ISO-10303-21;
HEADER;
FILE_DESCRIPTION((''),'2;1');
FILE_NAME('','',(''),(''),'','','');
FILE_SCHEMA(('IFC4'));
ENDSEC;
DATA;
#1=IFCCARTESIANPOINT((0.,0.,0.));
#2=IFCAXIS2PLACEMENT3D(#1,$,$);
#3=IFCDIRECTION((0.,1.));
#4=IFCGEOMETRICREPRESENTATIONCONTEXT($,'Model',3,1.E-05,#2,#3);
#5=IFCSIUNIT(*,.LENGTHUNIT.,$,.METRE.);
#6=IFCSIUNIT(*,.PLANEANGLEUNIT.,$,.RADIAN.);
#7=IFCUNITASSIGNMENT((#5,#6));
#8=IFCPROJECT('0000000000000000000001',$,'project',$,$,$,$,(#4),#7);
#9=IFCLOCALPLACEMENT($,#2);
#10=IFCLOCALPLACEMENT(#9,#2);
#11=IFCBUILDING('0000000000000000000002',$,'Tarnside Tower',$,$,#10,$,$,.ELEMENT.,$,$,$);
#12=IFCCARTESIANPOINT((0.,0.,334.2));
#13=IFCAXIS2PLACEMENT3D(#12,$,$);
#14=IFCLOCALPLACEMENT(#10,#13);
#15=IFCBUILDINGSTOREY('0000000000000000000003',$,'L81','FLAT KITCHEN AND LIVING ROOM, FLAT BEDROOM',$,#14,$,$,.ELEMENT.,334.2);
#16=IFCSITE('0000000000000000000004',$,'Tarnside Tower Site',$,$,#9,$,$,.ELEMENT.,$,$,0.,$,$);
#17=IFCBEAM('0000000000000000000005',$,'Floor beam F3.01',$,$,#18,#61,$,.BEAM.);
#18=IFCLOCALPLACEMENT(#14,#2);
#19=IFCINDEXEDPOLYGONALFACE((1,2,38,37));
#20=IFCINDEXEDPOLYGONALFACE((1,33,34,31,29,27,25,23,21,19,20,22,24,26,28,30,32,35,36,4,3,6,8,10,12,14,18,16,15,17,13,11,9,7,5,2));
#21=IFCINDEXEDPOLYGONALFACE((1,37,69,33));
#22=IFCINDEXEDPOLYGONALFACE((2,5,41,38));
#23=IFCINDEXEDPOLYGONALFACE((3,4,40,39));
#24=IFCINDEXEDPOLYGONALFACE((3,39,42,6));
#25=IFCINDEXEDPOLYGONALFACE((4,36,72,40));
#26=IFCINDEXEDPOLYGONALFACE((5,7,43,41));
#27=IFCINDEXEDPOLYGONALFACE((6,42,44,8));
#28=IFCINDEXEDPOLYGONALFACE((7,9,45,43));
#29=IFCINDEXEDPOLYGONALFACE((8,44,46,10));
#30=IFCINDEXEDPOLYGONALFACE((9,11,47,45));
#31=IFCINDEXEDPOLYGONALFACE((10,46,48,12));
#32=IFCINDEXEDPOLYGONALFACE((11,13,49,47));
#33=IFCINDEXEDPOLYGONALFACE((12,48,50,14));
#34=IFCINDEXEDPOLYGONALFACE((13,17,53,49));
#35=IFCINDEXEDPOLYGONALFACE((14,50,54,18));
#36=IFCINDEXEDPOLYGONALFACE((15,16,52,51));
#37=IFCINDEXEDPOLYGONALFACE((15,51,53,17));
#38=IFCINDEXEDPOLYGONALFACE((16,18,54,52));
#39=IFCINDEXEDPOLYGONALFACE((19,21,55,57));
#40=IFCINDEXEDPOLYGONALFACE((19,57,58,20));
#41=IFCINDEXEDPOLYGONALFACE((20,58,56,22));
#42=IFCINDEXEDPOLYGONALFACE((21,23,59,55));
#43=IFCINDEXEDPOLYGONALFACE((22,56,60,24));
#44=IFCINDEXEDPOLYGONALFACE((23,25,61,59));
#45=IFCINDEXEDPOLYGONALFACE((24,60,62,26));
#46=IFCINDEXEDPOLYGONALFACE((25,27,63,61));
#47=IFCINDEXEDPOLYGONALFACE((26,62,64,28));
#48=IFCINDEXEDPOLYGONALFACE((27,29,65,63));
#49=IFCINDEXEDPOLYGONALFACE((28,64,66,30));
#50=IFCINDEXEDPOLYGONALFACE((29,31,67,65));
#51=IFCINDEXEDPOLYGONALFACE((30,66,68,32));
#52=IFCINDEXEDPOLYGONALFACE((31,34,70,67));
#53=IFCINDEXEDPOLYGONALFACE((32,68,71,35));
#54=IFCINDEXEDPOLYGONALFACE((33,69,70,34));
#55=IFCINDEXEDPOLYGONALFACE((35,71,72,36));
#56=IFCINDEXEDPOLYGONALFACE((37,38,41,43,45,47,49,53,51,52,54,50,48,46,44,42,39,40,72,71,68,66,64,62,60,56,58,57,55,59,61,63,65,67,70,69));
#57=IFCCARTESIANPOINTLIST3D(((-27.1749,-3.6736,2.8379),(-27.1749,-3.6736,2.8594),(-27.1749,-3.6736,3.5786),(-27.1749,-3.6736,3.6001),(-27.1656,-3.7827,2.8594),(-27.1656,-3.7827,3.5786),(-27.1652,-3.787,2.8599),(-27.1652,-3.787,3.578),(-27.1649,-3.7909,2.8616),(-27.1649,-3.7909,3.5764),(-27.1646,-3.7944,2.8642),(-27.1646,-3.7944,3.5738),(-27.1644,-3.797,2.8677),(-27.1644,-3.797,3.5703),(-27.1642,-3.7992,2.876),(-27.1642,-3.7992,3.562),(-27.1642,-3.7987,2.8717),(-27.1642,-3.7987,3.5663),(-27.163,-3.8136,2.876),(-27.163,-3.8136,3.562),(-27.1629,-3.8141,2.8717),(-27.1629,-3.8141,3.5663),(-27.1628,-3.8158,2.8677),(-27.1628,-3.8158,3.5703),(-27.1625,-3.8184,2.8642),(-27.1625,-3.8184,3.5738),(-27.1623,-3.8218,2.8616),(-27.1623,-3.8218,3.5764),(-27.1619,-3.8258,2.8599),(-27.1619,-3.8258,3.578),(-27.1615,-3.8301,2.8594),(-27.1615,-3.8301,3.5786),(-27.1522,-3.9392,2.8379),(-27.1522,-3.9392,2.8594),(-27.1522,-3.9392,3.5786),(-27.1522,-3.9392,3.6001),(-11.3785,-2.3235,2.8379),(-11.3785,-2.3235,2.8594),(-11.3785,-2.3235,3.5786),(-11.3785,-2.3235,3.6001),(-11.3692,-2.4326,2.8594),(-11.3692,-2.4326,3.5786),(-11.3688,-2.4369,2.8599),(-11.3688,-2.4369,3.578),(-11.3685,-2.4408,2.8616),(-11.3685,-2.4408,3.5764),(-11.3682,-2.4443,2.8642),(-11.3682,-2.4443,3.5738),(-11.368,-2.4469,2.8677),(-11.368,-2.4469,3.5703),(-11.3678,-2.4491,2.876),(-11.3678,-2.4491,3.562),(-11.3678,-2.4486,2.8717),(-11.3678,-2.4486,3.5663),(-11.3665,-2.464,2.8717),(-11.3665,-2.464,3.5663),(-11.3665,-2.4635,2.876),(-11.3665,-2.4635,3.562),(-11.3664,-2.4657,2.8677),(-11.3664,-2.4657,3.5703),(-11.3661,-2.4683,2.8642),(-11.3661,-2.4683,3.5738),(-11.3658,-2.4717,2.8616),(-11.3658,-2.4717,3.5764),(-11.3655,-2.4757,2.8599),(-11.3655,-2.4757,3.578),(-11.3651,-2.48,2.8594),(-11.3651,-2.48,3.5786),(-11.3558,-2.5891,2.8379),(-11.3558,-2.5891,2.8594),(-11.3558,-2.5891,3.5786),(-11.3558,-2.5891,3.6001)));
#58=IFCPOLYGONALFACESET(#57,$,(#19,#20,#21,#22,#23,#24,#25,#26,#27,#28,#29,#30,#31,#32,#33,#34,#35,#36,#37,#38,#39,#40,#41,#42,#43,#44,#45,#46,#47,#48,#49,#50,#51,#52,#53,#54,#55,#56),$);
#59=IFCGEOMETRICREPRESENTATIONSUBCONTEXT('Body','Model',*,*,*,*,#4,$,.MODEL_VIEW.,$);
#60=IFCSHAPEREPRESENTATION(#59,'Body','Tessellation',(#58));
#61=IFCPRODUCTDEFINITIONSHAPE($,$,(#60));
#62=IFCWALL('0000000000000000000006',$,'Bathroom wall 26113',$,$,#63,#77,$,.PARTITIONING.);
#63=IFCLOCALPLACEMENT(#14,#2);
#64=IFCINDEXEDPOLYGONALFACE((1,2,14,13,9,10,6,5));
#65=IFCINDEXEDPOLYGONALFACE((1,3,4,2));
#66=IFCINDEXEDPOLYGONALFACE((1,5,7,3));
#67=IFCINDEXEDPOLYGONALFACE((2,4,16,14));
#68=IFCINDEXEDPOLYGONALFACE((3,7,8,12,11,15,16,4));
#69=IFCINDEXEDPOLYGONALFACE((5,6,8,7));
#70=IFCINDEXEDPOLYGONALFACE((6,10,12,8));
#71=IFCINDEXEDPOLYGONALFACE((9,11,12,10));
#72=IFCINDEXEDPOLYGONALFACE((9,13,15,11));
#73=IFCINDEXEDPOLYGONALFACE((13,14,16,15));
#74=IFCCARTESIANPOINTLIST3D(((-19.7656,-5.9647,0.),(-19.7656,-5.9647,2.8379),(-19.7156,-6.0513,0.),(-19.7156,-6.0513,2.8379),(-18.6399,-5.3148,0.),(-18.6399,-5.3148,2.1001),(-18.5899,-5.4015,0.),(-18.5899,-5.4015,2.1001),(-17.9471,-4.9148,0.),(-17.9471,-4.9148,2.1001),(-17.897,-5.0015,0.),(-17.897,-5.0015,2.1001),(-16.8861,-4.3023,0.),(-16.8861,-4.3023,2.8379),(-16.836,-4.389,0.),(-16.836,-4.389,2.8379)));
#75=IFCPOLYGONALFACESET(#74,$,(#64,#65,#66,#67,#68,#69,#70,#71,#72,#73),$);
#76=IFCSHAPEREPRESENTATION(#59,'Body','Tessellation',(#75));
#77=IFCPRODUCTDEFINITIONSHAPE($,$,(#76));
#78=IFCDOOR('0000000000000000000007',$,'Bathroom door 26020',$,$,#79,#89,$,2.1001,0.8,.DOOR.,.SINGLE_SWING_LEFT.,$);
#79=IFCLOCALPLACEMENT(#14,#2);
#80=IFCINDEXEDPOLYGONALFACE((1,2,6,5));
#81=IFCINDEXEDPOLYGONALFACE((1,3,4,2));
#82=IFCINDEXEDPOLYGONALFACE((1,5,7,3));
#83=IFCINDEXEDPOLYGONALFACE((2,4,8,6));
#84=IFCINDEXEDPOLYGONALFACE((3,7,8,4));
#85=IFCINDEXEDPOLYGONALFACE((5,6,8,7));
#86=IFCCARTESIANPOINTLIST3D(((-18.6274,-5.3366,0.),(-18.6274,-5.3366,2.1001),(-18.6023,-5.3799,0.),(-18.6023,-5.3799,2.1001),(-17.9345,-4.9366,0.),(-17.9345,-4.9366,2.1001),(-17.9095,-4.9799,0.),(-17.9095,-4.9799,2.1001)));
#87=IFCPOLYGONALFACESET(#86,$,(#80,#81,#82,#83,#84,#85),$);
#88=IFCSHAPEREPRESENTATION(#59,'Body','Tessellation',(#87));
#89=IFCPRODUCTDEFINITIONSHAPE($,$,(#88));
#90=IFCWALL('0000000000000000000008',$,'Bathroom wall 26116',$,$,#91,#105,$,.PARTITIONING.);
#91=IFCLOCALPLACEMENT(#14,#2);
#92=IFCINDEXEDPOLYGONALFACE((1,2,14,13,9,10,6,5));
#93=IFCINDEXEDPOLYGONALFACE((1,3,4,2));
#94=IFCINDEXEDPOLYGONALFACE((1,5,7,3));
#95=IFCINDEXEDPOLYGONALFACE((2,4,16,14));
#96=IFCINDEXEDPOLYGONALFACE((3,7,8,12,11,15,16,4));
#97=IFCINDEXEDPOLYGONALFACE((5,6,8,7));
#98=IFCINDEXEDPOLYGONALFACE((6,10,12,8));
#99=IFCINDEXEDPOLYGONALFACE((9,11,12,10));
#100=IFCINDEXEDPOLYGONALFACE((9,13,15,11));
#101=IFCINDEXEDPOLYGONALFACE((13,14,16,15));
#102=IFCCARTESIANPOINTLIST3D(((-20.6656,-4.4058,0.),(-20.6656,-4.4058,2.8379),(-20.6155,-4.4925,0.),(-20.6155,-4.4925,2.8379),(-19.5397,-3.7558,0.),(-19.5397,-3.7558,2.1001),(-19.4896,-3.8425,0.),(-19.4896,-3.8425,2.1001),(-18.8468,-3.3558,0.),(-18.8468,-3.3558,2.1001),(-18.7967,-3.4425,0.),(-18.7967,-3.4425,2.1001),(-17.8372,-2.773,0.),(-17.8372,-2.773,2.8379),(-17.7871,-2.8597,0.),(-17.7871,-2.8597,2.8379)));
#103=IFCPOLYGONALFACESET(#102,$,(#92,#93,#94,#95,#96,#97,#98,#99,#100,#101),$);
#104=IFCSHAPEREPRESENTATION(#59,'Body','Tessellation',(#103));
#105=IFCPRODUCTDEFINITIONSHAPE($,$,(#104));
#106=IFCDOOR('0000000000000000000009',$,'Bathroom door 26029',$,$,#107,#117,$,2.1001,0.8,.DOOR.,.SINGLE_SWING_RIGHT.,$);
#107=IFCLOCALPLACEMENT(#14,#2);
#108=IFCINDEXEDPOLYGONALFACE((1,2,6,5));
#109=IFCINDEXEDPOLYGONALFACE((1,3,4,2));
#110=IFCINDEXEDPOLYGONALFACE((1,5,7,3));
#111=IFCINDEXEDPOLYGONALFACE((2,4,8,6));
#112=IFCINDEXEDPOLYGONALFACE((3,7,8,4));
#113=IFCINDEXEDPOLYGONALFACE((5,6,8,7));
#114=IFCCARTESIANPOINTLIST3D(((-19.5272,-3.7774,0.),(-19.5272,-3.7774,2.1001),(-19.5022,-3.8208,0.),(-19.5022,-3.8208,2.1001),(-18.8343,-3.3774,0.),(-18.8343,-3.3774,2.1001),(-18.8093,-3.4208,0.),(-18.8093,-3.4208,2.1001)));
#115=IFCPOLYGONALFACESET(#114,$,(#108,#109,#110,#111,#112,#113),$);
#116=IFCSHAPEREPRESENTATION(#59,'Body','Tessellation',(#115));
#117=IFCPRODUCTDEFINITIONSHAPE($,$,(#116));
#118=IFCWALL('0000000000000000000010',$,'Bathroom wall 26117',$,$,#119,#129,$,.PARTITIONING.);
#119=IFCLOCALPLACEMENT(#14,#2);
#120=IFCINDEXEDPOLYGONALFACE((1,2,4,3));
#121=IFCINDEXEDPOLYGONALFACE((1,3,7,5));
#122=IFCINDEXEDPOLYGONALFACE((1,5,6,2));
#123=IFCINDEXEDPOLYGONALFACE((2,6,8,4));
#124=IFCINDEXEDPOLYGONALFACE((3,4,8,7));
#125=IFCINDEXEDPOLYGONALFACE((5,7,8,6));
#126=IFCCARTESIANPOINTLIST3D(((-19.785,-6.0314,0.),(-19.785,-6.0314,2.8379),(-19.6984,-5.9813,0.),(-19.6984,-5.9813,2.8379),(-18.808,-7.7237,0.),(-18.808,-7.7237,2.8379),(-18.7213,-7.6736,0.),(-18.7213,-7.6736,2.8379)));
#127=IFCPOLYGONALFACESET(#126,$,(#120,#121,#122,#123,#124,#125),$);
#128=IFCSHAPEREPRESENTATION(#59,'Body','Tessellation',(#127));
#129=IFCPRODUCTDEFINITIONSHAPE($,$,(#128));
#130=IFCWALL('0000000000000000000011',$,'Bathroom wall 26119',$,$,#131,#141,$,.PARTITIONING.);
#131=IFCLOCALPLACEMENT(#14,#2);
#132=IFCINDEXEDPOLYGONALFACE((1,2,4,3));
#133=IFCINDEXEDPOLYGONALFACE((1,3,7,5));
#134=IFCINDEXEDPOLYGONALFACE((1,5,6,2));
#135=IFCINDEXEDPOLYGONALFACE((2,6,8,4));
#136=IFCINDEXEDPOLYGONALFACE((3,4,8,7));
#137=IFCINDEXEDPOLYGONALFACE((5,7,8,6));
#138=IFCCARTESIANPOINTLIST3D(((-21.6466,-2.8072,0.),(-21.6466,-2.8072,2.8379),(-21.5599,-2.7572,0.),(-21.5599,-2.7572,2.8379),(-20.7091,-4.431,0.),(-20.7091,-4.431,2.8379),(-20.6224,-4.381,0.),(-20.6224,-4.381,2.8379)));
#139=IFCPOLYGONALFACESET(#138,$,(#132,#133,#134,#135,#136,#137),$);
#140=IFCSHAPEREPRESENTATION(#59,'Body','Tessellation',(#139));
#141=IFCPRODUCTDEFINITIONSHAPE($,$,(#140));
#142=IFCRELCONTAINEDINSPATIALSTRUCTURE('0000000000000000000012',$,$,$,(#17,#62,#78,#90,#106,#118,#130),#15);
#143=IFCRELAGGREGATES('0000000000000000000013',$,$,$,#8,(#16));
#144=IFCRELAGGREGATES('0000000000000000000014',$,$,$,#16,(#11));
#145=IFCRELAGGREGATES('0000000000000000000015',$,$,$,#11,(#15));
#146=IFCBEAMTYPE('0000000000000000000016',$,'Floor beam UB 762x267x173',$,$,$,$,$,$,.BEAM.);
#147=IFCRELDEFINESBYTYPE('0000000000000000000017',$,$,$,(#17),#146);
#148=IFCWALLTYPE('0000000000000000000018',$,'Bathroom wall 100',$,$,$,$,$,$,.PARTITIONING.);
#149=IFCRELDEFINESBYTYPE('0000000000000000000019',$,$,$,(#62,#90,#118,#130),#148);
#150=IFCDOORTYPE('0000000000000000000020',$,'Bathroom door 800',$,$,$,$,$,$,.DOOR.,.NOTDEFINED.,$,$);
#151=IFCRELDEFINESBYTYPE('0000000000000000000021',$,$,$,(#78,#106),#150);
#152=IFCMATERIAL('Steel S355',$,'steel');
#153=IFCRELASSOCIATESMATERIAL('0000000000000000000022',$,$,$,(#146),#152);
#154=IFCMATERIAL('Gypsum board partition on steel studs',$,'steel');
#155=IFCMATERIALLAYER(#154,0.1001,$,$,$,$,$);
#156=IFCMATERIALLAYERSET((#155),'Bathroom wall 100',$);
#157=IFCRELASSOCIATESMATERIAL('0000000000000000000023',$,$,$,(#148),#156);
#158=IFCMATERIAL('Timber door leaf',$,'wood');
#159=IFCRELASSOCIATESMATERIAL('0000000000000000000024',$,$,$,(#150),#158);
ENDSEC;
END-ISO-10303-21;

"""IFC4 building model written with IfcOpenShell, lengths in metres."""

from ifc_helpers import new_model, si_unit, direction, frame, frame_2d, origin, origin_2d, place, context, subcontext, project, spatial, rectangle, i_section, extrude, material, layer, layer_set, material_profile, profile_set, type_object, element, fill, save


model = new_model("IFC4")

# Units and contexts
model_context = context("Model", 3, precision=1e-05, world=origin(), true_north=direction((0.0, 1.0)))
body_context = subcontext(model_context, "Body", "Model", "MODEL_VIEW")
ifc_project = project(units=[si_unit("LENGTHUNIT", "METRE"), si_unit("PLANEANGLEUNIT", "RADIAN")], contexts=[model_context])

# Site, building, storey
site_placement = place(None, origin())
site = spatial("IfcSite", under=ifc_project, at=site_placement, Name="Tarnside Tower Site", CompositionType="ELEMENT", RefElevation=0.0)
building_placement = place(site_placement, origin())
building = spatial("IfcBuilding", under=site, at=building_placement, Name="Tarnside Tower", CompositionType="ELEMENT")
storey_placement = place(building_placement, frame((0.0, 0.0, 334.2)))
storey = spatial("IfcBuildingStorey", under=building, at=storey_placement, Name="L81", Description="FLAT KITCHEN AND LIVING ROOM, FLAT BEDROOM", CompositionType="ELEMENT", Elevation=334.2)

# Beam
ifc_material_1 = material(Name="Steel S355", Category="steel")
ifc_material_profile = material_profile(ifc_material_1, i_section(OverallWidth=0.2666, OverallDepth=0.7622, WebThickness=0.0144, FlangeThickness=0.0215, FilletRadius=0.0166, at=origin_2d()), Name="UB 762x267x173")
ifc_profile_set = profile_set([ifc_material_profile], Name="Steel S355")
beam_type = type_object("IfcBeamType", Name="Floor beam UB 762x267x173", PredefinedType="BEAM", material=ifc_profile_set)
beam_placement = place(storey_placement, frame((-27.1636, -3.8064, 3.219), z_axis=(0.996367, 0.085158, 0.0), x_axis=(-0.085158, 0.996367, 0.0)))
element("IfcBeam", 1, at=beam_placement, inside=storey, type_object=beam_type, Name="Floor beam F3.01", PredefinedType="BEAM", context=body_context, shape_type="SweptSolid", body=[
    extrude(i_section(OverallWidth=0.2666, OverallDepth=0.7622, WebThickness=0.0144, FlangeThickness=0.0215, FilletRadius=0.0166, at=origin_2d()), origin(), (0.0, 0.0, 1.0), 15.854),
])

# Walls, openings, doors
ifc_material_2 = material(Name="Gypsum board partition on steel studs", Category="steel")
ifc_layer_1 = layer(ifc_material_2, 0.1001)
ifc_layer_set_1 = layer_set([ifc_layer_1], Name="Bathroom wall 100")
wall_type_1 = type_object("IfcWallType", Name="Bathroom wall 100", PredefinedType="PARTITIONING", material=ifc_layer_set_1)
wall_1_placement = place(storey_placement, frame((-19.7407, -6.0081, 0.0), z_axis=(0.0, 0.0, 1.0), x_axis=(0.866052, 0.499953, 0.0)))
wall_1 = element("IfcWall", 2, at=wall_1_placement, inside=storey, type_object=wall_type_1, Name="Bathroom wall 26113", PredefinedType="PARTITIONING", context=body_context, shape_type="SweptSolid", body=[
    extrude(rectangle(XDim=3.325, YDim=0.1001, at=frame_2d((1.6626, 0.0))), origin(), (0.0, 0.0, 1.0), 2.8379),
])
opening_1_placement = place(wall_1_placement, frame((1.3, 0.0, 0.0)))
opening_1 = element("IfcOpeningElement", 3, at=opening_1_placement, cuts=wall_1, PredefinedType="OPENING", context=body_context, shape_type="SweptSolid", body=[
    extrude(rectangle(XDim=0.8, YDim=2.1001, at=frame_2d((0.3999, 1.05))), frame((0.0, 0.0601, 0.0), z_axis=(0.0, -1.0, 0.0), x_axis=(1.0, 0.0, 0.0)), (0.0, 0.0, 1.0), 0.1201),
])
ifc_material_3 = material(Name="Timber door leaf", Category="wood")
door_type_1 = type_object("IfcDoorType", Name="Bathroom door 800", OperationType="NOTDEFINED", PredefinedType="DOOR", material=ifc_material_3)
door_1_placement = place(opening_1_placement, origin())
door_1 = element("IfcDoor", 4, at=door_1_placement, inside=storey, type_object=door_type_1, Name="Bathroom door 26020", OperationType="SINGLE_SWING_LEFT", OverallHeight=2.1001, OverallWidth=0.8, PredefinedType="DOOR", context=body_context, shape_type="SweptSolid", body=[
    extrude(rectangle(XDim=0.8, YDim=2.1001, at=frame_2d((0.3999, 1.05))), frame((0.0, 0.0249, 0.0), z_axis=(0.0, -1.0, 0.0), x_axis=(1.0, 0.0, 0.0)), (0.0, 0.0, 1.0), 0.05),
])
fill(opening_1, door_1)
wall_2_placement = place(storey_placement, frame((-17.8123, -2.8164, 0.0), z_axis=(0.0, 0.0, 1.0), x_axis=(-0.866045, -0.499966, 0.0)))
wall_2 = element("IfcWall", 5, at=wall_2_placement, inside=storey, type_object=wall_type_1, Name="Bathroom wall 26116", PredefinedType="PARTITIONING", context=body_context, shape_type="SweptSolid", body=[
    extrude(rectangle(XDim=3.2659, YDim=0.1001, at=frame_2d((1.6328, 0.0))), origin(), (0.0, 0.0, 1.0), 2.8379),
])
opening_2_placement = place(wall_2_placement, frame((1.1658, 0.0, 0.0)))
opening_2 = element("IfcOpeningElement", 6, at=opening_2_placement, cuts=wall_2, PredefinedType="OPENING", context=body_context, shape_type="SweptSolid", body=[
    extrude(rectangle(XDim=0.8, YDim=2.1001, at=frame_2d((0.3999, 1.05))), frame((0.0, 0.0601, 0.0), z_axis=(0.0, -1.0, 0.0), x_axis=(1.0, 0.0, 0.0)), (0.0, 0.0, 1.0), 0.1201),
])
door_2_placement = place(opening_2_placement, origin())
door_2 = element("IfcDoor", 7, at=door_2_placement, inside=storey, type_object=door_type_1, Name="Bathroom door 26029", OperationType="SINGLE_SWING_RIGHT", OverallHeight=2.1001, OverallWidth=0.8, PredefinedType="DOOR", context=body_context, shape_type="SweptSolid", body=[
    extrude(rectangle(XDim=0.8, YDim=2.1001, at=frame_2d((0.3999, 1.05))), frame((0.0, 0.0249, 0.0), z_axis=(0.0, -1.0, 0.0), x_axis=(1.0, 0.0, 0.0)), (0.0, 0.0, 1.0), 0.05),
])
fill(opening_2, door_2)

# Walls
wall_3_placement = place(storey_placement, frame((-19.7417, -6.0063, 0.0), z_axis=(0.0, 0.0, 1.0), x_axis=(0.499982, -0.866036, 0.0)))
element("IfcWall", 8, at=wall_3_placement, inside=storey, type_object=wall_type_1, Name="Bathroom wall 26117", PredefinedType="PARTITIONING", context=body_context, shape_type="SweptSolid", body=[
    extrude(rectangle(XDim=1.9541, YDim=0.1001, at=frame_2d((0.9771, 0.0))), origin(), (0.0, 0.0, 1.0), 2.8379),
])
wall_4_placement = place(storey_placement, frame((-20.6658, -4.406, 0.0), z_axis=(0.0, 0.0, 1.0), x_axis=(-0.500004, 0.866023, 0.0)))
element("IfcWall", 9, at=wall_4_placement, inside=storey, type_object=wall_type_1, Name="Bathroom wall 26119", PredefinedType="PARTITIONING", context=body_context, shape_type="SweptSolid", body=[
    extrude(rectangle(XDim=1.875, YDim=0.1001, at=frame_2d((0.9375, 0.0))), origin(), (0.0, 0.0, 1.0), 2.8379),
])

save(model, "model.ifc")
